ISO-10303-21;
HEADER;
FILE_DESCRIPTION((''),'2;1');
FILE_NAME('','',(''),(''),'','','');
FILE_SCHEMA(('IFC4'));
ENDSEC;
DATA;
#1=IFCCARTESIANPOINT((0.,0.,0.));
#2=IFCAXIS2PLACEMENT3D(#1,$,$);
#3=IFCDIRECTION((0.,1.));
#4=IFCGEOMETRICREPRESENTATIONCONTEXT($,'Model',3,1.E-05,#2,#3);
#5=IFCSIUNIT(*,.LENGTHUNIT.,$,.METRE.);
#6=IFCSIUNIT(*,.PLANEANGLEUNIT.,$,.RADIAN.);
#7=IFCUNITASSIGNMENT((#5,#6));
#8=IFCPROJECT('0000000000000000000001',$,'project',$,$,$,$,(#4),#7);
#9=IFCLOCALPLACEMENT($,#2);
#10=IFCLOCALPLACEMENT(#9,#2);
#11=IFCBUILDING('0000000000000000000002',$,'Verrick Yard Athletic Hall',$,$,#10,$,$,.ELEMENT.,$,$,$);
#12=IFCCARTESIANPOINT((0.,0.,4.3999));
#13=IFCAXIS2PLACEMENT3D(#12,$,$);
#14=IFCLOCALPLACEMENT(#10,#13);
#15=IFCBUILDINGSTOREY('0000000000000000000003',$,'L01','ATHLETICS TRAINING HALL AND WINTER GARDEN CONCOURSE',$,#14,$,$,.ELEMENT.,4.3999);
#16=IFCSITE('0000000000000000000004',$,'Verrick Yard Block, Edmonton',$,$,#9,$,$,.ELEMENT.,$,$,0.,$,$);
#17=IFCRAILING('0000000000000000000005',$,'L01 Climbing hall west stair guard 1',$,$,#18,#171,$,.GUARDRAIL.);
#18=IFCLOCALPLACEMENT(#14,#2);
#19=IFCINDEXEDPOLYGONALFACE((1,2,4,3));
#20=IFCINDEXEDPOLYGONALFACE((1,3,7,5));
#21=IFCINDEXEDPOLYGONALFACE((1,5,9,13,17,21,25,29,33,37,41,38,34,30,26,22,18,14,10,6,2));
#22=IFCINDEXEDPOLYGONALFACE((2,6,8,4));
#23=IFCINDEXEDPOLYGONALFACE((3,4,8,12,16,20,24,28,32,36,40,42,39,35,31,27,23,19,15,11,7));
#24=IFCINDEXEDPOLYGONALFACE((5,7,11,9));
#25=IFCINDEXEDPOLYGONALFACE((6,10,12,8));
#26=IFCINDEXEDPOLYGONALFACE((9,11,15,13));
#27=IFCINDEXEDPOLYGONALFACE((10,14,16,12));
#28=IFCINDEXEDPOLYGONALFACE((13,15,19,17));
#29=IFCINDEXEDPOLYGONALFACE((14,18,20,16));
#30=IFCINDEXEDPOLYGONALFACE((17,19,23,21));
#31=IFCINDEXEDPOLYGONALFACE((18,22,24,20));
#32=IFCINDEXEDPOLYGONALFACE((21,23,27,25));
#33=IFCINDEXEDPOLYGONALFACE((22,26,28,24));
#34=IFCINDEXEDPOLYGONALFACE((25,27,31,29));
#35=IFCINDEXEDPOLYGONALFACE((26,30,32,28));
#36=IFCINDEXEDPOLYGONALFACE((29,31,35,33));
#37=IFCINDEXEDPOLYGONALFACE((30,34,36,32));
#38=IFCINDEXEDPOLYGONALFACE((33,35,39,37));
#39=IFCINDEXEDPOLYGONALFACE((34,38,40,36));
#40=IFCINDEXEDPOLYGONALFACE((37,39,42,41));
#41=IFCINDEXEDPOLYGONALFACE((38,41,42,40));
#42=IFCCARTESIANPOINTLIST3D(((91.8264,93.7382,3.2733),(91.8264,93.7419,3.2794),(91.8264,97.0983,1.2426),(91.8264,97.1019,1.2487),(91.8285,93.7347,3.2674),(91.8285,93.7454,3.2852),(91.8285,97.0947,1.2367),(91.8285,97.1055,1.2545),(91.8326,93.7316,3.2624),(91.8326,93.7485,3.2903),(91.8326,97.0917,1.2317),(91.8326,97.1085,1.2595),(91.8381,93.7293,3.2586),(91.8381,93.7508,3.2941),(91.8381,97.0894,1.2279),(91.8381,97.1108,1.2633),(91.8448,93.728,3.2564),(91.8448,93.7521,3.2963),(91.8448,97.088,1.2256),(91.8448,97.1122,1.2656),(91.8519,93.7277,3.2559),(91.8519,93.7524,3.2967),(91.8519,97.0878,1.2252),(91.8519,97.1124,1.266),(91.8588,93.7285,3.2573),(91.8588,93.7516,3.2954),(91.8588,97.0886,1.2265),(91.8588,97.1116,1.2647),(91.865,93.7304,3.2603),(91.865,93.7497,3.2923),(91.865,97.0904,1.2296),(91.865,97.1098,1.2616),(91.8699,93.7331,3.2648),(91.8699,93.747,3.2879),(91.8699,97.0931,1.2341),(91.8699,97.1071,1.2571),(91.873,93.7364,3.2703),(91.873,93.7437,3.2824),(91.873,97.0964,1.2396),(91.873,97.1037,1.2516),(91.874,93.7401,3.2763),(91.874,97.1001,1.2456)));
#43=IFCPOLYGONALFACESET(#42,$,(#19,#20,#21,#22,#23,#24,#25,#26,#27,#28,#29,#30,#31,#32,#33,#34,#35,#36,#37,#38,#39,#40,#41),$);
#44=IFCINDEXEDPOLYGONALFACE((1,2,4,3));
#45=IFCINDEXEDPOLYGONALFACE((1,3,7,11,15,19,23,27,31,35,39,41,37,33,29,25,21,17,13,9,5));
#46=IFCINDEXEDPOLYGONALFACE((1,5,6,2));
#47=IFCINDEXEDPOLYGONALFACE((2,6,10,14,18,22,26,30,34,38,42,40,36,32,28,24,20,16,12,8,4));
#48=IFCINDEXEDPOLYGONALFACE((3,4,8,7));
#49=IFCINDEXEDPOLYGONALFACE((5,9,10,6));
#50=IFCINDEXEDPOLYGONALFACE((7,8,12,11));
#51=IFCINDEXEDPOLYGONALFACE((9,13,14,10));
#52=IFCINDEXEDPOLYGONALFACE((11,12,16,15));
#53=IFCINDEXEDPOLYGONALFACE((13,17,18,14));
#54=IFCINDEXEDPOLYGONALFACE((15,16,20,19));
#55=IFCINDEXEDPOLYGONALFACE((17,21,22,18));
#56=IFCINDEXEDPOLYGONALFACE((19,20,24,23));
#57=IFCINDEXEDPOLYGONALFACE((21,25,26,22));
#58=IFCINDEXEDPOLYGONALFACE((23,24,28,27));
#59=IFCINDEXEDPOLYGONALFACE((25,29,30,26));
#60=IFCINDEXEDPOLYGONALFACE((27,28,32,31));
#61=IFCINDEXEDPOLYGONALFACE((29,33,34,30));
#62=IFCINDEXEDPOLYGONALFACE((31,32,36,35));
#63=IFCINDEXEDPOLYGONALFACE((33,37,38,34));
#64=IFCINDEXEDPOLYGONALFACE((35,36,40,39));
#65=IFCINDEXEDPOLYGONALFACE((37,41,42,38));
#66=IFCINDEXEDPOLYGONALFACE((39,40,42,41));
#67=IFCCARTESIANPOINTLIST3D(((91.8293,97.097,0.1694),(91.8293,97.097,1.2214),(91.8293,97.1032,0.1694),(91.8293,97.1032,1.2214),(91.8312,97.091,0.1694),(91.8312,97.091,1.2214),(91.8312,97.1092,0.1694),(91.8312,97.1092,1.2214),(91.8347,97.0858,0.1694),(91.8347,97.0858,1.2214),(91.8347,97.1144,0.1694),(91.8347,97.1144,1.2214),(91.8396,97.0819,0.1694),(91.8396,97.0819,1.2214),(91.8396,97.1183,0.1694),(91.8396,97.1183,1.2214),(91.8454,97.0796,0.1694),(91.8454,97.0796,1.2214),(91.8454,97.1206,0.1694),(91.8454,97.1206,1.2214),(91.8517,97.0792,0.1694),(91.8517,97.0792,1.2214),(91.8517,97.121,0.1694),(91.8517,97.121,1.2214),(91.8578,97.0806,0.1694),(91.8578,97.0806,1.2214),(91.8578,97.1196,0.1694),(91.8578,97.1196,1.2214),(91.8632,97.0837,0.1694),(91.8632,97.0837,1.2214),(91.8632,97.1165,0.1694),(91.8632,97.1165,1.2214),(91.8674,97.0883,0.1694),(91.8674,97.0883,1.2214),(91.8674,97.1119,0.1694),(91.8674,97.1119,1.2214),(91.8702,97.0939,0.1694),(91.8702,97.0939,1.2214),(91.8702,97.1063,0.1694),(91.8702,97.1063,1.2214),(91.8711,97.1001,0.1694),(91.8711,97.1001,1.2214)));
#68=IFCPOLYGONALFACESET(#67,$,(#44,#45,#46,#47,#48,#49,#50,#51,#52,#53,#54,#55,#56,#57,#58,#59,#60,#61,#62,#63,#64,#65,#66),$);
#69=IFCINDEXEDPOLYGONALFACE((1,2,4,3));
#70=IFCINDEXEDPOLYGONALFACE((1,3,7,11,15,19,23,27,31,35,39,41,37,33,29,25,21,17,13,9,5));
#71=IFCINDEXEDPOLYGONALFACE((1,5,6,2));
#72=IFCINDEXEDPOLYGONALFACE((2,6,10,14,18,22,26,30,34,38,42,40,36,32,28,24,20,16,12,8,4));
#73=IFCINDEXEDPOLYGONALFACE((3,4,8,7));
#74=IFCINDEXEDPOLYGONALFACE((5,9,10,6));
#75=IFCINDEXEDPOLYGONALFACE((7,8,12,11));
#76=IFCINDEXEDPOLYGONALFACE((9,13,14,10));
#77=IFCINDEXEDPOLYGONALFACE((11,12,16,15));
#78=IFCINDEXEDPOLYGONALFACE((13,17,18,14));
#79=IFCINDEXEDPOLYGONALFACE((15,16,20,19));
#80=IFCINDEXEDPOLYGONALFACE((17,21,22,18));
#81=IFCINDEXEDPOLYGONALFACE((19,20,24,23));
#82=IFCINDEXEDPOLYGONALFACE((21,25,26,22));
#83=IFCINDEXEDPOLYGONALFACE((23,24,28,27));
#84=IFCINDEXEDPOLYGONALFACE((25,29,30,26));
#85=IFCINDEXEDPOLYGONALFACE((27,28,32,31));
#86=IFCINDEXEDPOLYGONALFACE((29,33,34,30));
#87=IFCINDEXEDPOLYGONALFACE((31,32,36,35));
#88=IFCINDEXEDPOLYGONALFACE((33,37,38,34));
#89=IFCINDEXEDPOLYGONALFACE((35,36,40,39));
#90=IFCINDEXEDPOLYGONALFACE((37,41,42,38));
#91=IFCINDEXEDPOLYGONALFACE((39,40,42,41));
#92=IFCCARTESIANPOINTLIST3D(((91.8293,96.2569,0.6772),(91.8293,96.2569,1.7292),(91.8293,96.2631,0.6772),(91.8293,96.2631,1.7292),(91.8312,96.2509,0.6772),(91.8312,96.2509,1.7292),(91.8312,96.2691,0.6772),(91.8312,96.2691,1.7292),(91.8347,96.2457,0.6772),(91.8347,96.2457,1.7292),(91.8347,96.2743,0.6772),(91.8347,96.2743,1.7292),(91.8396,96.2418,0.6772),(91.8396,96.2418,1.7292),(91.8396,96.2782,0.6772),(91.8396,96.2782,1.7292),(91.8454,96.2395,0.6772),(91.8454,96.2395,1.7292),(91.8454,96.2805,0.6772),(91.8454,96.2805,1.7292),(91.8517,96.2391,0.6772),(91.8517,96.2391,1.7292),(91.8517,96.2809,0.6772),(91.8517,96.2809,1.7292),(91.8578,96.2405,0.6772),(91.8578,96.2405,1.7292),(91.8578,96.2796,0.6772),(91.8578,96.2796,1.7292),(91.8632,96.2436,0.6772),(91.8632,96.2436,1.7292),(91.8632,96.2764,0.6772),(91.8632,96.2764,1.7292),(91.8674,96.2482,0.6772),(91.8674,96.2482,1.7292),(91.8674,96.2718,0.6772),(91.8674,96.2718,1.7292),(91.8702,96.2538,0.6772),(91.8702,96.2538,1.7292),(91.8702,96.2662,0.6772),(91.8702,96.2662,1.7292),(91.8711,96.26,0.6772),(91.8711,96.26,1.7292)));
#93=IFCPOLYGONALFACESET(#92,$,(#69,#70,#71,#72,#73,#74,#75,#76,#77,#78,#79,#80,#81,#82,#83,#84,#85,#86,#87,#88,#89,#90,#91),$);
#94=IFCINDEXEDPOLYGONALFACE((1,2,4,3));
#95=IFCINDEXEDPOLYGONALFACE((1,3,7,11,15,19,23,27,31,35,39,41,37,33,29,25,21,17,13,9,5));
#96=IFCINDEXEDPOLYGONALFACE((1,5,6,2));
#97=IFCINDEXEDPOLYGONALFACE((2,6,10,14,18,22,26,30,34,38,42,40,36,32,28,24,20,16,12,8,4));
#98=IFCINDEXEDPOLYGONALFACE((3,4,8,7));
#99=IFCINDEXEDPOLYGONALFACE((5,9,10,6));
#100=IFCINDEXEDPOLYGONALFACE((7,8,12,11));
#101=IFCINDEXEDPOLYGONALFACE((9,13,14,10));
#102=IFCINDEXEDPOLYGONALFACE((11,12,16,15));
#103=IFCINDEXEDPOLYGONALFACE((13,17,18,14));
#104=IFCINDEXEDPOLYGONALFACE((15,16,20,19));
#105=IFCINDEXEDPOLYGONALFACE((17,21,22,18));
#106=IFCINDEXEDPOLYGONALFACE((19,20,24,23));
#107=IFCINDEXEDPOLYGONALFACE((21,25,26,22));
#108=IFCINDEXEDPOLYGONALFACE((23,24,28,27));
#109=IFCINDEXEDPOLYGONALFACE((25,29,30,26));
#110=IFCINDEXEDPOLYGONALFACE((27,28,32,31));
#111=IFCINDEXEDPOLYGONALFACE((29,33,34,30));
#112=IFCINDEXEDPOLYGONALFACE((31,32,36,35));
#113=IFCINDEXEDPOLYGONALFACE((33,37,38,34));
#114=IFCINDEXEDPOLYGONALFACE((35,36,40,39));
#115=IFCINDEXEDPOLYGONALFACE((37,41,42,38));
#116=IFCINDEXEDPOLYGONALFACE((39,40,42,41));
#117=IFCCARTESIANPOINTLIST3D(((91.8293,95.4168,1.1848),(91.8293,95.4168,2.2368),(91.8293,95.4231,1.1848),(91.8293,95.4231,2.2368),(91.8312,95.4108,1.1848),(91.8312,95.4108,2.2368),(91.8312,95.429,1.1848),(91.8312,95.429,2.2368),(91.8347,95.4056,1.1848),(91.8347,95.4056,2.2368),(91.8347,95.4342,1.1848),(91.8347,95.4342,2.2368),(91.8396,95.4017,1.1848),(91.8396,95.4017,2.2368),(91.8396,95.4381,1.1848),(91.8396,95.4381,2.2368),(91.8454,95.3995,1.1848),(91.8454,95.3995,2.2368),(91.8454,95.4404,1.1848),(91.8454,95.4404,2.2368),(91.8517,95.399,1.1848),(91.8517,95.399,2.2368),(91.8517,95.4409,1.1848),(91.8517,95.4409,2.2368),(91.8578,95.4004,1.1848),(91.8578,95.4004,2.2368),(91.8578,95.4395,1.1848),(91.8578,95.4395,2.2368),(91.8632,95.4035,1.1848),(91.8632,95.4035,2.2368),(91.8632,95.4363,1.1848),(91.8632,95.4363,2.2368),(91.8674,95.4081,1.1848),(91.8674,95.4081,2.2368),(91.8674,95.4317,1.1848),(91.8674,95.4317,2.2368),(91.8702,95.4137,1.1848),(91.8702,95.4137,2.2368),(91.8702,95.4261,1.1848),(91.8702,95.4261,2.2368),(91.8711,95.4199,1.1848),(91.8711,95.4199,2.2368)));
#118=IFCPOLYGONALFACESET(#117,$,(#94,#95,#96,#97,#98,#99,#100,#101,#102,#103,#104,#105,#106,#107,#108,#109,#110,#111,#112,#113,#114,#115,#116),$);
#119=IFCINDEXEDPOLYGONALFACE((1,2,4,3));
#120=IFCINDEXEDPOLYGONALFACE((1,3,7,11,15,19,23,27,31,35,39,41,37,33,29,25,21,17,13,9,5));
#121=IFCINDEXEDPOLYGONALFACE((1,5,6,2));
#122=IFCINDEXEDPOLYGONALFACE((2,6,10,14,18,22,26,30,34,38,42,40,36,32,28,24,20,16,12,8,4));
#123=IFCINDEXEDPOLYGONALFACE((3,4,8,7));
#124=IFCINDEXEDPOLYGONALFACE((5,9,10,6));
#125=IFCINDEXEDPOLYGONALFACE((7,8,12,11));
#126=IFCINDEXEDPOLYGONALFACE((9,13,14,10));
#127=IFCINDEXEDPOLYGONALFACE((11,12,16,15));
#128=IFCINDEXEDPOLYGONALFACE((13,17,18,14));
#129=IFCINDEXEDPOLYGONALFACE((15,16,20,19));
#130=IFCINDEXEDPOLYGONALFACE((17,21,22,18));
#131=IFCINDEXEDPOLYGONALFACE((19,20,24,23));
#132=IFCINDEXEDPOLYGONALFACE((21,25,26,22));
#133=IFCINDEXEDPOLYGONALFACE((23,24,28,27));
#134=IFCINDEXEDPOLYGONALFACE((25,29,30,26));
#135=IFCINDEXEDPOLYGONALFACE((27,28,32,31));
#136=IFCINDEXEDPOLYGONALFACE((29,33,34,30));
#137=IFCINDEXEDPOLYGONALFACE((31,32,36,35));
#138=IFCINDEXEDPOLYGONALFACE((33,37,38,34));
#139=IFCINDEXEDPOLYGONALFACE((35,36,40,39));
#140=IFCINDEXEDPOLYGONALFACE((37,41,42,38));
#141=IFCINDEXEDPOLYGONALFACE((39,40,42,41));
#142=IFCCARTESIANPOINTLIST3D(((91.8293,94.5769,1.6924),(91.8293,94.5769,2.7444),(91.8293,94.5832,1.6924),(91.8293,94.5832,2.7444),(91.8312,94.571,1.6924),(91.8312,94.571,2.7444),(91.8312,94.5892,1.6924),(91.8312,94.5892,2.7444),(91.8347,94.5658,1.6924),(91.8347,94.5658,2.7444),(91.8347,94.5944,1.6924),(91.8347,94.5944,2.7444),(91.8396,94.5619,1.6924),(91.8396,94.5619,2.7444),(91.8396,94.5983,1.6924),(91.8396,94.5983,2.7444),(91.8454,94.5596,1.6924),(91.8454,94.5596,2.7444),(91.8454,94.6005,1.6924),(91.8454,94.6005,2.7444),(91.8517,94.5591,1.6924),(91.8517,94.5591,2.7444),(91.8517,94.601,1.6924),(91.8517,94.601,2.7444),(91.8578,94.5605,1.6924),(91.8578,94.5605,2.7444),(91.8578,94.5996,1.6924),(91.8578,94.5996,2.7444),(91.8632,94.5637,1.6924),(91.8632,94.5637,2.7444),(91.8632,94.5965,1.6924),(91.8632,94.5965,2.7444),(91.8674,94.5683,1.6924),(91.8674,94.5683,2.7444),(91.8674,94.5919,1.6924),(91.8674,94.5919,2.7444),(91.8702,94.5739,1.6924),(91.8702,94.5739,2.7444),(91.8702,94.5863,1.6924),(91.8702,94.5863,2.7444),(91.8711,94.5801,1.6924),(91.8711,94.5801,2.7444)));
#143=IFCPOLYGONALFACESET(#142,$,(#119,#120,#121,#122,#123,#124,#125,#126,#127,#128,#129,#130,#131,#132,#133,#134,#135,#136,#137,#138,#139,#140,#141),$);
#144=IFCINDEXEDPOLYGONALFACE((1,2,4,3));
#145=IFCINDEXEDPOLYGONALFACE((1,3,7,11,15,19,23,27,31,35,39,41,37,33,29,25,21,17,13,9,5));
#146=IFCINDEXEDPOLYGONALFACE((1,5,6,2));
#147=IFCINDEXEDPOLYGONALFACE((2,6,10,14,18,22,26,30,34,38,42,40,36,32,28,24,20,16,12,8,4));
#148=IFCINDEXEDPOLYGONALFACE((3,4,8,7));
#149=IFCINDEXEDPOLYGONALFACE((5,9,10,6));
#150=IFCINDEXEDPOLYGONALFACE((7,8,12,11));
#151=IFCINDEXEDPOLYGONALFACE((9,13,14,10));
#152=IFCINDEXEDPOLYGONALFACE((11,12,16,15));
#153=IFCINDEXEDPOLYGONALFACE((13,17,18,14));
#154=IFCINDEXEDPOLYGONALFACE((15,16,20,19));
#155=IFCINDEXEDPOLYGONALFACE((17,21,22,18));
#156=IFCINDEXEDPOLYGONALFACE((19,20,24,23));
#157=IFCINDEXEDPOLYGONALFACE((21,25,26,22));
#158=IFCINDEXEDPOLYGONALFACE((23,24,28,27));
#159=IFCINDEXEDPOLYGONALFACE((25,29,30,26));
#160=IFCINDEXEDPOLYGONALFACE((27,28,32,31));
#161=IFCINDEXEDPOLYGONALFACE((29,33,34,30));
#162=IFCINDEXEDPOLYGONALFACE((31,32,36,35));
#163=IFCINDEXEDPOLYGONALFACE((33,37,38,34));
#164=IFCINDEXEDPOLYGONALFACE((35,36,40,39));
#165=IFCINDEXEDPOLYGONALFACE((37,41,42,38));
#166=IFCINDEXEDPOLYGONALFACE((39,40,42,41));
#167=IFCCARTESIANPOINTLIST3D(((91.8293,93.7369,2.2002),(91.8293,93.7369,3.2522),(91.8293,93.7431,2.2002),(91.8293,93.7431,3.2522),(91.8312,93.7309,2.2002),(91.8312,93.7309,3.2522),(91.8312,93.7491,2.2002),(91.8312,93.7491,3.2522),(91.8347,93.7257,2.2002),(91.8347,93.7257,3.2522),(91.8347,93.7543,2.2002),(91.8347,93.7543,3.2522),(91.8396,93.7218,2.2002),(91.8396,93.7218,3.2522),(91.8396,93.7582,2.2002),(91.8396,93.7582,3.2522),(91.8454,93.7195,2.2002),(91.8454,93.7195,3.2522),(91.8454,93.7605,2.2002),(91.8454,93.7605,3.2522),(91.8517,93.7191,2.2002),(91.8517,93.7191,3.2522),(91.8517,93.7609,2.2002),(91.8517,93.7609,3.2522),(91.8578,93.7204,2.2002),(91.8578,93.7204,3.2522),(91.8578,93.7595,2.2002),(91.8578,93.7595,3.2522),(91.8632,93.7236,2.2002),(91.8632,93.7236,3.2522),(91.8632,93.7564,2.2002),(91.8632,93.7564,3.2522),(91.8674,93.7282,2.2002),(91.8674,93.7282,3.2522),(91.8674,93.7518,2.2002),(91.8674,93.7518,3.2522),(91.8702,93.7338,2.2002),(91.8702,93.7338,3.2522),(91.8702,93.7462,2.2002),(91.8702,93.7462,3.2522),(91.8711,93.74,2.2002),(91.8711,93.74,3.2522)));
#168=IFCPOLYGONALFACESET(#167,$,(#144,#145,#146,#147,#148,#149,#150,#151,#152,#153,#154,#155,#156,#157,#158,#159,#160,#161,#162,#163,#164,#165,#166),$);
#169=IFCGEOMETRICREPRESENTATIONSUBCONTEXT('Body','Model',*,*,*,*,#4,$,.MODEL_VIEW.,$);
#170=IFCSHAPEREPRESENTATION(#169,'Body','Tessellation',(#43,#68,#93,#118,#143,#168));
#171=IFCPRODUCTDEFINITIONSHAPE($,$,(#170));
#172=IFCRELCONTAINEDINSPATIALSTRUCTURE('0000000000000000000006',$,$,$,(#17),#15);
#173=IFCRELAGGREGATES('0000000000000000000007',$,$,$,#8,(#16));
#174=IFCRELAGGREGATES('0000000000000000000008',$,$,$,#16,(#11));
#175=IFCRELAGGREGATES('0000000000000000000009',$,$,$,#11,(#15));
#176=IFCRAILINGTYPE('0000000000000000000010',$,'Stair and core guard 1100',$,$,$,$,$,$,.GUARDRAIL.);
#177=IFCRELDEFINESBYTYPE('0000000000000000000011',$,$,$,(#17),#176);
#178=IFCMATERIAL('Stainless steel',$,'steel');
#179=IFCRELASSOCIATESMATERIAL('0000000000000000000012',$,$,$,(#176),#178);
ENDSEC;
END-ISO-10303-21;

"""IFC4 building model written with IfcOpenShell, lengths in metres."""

from ifc_helpers import new_model, si_unit, direction, frame, origin, origin_2d, place, context, subcontext, project, spatial, circle, extrude, material, type_object, element, save


model = new_model("IFC4")

# Units and contexts
model_context = context("Model", 3, precision=1e-05, world=origin(), true_north=direction((0.0, 1.0)))
body_context = subcontext(model_context, "Body", "Model", "MODEL_VIEW")
ifc_project = project(units=[si_unit("LENGTHUNIT", "METRE"), si_unit("PLANEANGLEUNIT", "RADIAN")], contexts=[model_context])

# Site, building, storey
site_placement = place(None, origin())
site = spatial("IfcSite", under=ifc_project, at=site_placement, Name="Verrick Yard Block, Edmonton", CompositionType="ELEMENT", RefElevation=0.0)
building_placement = place(site_placement, origin())
building = spatial("IfcBuilding", under=site, at=building_placement, Name="Verrick Yard Athletic Hall", CompositionType="ELEMENT")
storey_placement = place(building_placement, frame((0.0, 0.0, 4.3999)))
storey = spatial("IfcBuildingStorey", under=building, at=storey_placement, Name="L01", Description="ATHLETICS TRAINING HALL AND WINTER GARDEN CONCOURSE", CompositionType="ELEMENT", Elevation=4.3999)

# Railing
ifc_material_1 = material(Name="Stainless steel", Category="steel")
railing_type_1 = type_object("IfcRailingType", Name="Stair and core guard 1100", PredefinedType="GUARDRAIL", material=ifc_material_1)
railing_1_placement = place(storey_placement, frame((91.8501, 97.1001, 0.1694)))
element("IfcRailing", 1, at=railing_1_placement, inside=storey, type_object=railing_type_1, Name="L01 Climbing hall west stair guard 1", PredefinedType="GUARDRAIL", context=body_context, shape_type="SweptSolid", body=[
    extrude(circle(Radius=0.0239, at=origin_2d()), frame((0.0, 0.0, 1.0762), z_axis=(0.0, -0.855837, 0.517246), x_axis=(1.0, 0.0, 0.0)), (0.0, 0.0, 1.0), 3.926),
    extrude(circle(Radius=0.021, at=origin_2d()), origin(), (0.0, 0.0, 1.0), 1.052),
    extrude(circle(Radius=0.021, at=origin_2d()), frame((0.0, -0.8401, 0.5078)), (0.0, 0.0, 1.0), 1.052),
    extrude(circle(Radius=0.021, at=origin_2d()), frame((0.0, -1.6802, 1.0154)), (0.0, 0.0, 1.0), 1.052),
    extrude(circle(Radius=0.021, at=origin_2d()), frame((0.0, -2.52, 1.5229)), (0.0, 0.0, 1.0), 1.052),
    extrude(circle(Radius=0.021, at=origin_2d()), frame((0.0, -3.3601, 2.0308)), (0.0, 0.0, 1.0), 1.052),
])

save(model, "model.ifc")
